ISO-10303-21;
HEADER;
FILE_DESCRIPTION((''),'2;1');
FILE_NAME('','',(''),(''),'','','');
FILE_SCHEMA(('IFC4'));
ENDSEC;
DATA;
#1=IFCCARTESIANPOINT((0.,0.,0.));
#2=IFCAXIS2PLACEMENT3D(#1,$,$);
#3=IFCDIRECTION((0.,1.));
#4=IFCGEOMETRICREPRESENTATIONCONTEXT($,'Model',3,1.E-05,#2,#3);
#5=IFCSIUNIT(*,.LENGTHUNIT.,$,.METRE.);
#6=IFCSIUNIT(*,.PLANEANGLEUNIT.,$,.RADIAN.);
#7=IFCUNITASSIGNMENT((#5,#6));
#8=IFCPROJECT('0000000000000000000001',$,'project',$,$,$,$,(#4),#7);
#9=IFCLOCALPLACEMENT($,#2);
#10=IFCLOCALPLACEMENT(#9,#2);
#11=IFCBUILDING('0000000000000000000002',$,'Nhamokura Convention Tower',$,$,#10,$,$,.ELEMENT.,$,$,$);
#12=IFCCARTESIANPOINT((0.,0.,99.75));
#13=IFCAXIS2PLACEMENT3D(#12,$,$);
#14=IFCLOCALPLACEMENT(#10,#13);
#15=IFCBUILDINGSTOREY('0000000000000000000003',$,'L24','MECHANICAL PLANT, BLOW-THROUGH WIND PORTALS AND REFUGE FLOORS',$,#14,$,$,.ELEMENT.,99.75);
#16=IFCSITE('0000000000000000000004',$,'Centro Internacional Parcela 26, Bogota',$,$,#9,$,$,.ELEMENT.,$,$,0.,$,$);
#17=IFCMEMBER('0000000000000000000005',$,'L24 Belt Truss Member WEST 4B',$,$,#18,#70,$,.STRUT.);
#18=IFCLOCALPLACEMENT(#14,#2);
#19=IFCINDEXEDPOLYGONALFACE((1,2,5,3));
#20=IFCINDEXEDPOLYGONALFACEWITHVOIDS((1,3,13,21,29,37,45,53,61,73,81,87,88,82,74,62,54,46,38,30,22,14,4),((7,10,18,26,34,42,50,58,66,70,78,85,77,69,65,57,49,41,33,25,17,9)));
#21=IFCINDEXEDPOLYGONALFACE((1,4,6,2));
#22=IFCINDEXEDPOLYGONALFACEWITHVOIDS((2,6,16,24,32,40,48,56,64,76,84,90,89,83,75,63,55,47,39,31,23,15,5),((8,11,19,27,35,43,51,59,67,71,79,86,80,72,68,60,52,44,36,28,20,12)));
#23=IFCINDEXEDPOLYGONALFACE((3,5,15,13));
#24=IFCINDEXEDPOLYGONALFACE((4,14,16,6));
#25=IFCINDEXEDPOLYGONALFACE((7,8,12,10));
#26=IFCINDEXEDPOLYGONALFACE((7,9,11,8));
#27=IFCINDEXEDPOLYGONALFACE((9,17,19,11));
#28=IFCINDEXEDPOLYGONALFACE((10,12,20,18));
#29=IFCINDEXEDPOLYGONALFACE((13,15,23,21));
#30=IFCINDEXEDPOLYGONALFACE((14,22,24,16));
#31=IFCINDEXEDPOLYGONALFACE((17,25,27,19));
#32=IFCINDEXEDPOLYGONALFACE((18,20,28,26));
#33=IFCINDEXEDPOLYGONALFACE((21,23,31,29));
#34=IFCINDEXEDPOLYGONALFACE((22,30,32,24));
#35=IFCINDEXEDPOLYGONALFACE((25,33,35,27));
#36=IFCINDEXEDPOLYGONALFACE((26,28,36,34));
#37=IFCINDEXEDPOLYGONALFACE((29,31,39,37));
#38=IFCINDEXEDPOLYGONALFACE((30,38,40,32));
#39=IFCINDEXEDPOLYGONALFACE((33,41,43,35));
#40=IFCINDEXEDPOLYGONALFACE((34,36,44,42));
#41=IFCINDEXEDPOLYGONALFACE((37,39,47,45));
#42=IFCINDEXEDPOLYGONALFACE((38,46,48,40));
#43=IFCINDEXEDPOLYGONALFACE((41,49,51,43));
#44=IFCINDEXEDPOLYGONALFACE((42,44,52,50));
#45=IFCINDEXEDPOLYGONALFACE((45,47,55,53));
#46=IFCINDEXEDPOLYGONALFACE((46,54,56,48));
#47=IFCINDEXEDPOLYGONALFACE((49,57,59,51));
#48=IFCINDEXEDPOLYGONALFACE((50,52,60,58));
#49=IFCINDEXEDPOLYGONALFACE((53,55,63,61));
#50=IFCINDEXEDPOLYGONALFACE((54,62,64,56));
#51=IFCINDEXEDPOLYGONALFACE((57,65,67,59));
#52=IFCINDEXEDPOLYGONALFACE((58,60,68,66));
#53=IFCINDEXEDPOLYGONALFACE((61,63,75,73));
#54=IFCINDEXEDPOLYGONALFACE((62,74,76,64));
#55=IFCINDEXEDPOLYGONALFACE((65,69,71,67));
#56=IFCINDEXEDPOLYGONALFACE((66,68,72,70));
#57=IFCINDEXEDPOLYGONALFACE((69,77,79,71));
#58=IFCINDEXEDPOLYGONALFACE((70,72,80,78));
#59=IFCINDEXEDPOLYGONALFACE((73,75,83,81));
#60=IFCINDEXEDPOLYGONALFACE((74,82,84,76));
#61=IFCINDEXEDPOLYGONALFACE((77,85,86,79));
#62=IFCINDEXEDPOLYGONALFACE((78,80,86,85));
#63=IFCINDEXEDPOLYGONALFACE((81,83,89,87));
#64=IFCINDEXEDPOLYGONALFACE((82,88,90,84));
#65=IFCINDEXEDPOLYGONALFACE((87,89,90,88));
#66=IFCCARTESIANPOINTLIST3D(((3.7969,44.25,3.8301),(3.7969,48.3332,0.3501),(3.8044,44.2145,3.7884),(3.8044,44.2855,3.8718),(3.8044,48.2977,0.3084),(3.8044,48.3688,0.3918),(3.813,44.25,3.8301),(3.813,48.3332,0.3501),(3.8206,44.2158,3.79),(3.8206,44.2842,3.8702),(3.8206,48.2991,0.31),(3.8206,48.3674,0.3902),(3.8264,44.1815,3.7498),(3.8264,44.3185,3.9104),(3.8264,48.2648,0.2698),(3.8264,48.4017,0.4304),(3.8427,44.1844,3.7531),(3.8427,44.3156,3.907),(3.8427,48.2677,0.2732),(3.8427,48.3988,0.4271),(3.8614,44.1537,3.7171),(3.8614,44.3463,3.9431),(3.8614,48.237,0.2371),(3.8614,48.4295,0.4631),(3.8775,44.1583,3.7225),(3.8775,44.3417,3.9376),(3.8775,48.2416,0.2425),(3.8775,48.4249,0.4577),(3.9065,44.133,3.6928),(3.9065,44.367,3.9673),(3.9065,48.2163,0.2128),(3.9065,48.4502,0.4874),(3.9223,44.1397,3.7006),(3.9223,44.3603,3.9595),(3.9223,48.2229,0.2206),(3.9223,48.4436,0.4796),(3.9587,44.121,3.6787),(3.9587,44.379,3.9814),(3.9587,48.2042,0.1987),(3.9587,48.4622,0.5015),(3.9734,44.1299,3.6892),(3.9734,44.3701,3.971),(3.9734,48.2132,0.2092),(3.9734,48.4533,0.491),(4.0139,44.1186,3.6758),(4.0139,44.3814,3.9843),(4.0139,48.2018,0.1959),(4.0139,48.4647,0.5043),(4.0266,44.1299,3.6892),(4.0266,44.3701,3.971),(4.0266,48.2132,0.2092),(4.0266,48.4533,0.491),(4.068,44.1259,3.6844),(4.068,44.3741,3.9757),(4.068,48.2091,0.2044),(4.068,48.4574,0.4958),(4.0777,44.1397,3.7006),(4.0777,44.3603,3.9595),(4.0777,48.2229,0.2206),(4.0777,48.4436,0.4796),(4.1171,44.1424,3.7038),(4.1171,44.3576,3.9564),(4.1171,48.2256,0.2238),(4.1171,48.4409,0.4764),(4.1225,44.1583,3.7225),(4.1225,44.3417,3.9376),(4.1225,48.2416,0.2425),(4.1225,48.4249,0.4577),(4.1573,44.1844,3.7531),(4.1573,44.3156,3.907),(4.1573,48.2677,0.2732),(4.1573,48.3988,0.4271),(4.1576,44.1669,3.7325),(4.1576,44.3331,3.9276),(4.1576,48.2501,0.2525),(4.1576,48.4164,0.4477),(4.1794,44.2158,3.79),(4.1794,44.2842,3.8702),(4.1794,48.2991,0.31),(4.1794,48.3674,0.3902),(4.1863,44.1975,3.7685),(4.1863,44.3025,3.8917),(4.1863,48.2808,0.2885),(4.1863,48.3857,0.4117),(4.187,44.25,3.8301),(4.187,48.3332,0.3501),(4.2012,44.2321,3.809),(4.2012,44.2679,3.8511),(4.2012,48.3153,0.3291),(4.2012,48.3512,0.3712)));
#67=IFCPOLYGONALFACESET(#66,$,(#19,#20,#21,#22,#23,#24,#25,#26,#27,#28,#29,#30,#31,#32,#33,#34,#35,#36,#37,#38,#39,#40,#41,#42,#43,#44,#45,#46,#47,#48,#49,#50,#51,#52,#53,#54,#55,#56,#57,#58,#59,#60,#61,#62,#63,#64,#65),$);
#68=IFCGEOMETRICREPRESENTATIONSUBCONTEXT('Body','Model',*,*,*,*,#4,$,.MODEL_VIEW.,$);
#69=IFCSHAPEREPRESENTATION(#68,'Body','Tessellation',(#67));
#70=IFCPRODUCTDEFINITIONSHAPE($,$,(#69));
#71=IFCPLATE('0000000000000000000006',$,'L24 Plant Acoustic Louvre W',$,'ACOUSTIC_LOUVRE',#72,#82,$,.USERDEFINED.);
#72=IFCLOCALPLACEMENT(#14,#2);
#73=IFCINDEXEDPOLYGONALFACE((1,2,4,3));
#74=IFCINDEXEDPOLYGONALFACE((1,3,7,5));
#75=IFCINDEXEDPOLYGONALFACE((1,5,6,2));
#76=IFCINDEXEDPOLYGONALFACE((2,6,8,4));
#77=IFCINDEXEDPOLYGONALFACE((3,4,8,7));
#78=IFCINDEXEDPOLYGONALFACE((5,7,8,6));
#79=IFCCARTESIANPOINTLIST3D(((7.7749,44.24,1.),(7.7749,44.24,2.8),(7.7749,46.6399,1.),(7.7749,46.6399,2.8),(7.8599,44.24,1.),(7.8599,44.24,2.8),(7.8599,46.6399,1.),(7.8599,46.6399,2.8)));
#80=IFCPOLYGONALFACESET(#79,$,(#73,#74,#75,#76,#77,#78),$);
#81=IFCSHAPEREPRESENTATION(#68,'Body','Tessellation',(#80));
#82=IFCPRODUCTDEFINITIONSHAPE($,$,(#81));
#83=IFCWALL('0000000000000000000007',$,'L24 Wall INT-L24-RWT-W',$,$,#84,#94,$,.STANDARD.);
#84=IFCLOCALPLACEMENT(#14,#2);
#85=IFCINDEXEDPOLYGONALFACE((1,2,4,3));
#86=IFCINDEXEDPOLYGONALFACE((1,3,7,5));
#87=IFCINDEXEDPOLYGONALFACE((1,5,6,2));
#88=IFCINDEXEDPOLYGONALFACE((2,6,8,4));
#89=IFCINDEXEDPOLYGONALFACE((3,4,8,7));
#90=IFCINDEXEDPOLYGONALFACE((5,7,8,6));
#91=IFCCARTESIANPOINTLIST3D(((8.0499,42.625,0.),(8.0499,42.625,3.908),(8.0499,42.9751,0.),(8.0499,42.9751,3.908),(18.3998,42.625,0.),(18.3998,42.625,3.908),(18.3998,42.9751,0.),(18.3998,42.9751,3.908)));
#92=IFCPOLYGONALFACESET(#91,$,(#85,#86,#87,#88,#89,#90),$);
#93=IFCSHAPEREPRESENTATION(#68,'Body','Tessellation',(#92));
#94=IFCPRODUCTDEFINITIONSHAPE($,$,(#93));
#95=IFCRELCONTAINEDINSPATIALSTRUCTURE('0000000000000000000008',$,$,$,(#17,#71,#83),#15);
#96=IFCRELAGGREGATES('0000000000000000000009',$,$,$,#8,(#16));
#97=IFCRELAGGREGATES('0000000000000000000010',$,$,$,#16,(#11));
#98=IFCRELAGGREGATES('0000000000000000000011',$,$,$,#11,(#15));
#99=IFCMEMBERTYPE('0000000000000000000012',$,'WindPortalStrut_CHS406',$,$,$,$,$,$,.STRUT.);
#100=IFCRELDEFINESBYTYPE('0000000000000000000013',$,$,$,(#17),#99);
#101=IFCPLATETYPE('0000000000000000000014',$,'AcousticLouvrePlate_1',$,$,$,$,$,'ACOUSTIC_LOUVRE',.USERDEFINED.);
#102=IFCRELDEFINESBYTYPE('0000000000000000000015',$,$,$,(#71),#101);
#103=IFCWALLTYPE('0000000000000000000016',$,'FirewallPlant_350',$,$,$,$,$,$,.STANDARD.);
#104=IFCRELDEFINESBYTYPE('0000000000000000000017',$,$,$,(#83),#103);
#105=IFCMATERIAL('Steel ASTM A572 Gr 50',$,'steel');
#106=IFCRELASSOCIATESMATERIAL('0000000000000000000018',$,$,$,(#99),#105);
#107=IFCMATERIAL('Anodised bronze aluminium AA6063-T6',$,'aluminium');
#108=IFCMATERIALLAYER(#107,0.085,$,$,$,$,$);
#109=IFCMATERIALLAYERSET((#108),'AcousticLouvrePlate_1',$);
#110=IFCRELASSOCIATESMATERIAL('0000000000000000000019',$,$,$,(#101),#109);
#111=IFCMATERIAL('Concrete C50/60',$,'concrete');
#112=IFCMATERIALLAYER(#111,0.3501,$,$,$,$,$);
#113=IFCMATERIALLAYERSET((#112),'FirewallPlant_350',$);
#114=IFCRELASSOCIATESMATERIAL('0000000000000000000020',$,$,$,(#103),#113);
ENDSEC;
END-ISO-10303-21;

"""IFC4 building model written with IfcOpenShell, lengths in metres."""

from ifc_helpers import new_model, si_unit, direction, frame, frame_2d, origin, origin_2d, place, context, subcontext, project, spatial, rectangle, hollow_circle, extrude, material, layer, layer_set, material_profile, profile_set, type_object, element, save


model = new_model("IFC4")

# Units and contexts
model_context = context("Model", 3, precision=1e-05, world=origin(), true_north=direction((0.0, 1.0)))
body_context = subcontext(model_context, "Body", "Model", "MODEL_VIEW")
ifc_project = project(units=[si_unit("LENGTHUNIT", "METRE"), si_unit("PLANEANGLEUNIT", "RADIAN")], contexts=[model_context])

# Site, building, storey
site_placement = place(None, origin())
site = spatial("IfcSite", under=ifc_project, at=site_placement, Name="Centro Internacional Parcela 26, Bogota", CompositionType="ELEMENT", RefElevation=0.0)
building_placement = place(site_placement, origin())
building = spatial("IfcBuilding", under=site, at=building_placement, Name="Nhamokura Convention Tower", CompositionType="ELEMENT")
storey_placement = place(building_placement, frame((0.0, 0.0, 99.75)))
storey = spatial("IfcBuildingStorey", under=building, at=storey_placement, Name="L24", Description="MECHANICAL PLANT, BLOW-THROUGH WIND PORTALS AND REFUGE FLOORS", CompositionType="ELEMENT", Elevation=99.75)

# Member
ifc_material_1 = material(Name="Steel ASTM A572 Gr 50", Category="steel")
ifc_material_profile_1 = material_profile(ifc_material_1, hollow_circle(Radius=0.2031, WallThickness=0.0161, at=origin_2d()))
ifc_profile_set_1 = profile_set([ifc_material_profile_1], Name="Steel ASTM A572 Gr 50")
member_type = type_object("IfcMemberType", Name="WindPortalStrut_CHS406", PredefinedType="STRUT", material=ifc_profile_set_1)
for number, where, z_axis, x_axis, name in (
    (1, (4.0, 44.25, 3.8301), (0.0, 0.761091, -0.648645), (-1.0, 0.0, 0.0), "L24 Belt Truss Member WEST 4B"),
):
    element("IfcMember", number, at=place(storey_placement, frame(where, z_axis=z_axis, x_axis=x_axis)), inside=storey, type_object=member_type, Name=name, PredefinedType="STRUT", context=body_context, shape_type="SweptSolid", body=[
        extrude(hollow_circle(Radius=0.2031, WallThickness=0.0161, at=origin_2d()), origin(), (0.0, 0.0, 1.0), 5.365),
    ])

# Plate
ifc_material_2 = material(Name="Anodised bronze aluminium AA6063-T6", Category="aluminium")
ifc_layer_1 = layer(ifc_material_2, 0.085)
ifc_layer_set_1 = layer_set([ifc_layer_1], Name="AcousticLouvrePlate_1")
plate_type = type_object("IfcPlateType", Name="AcousticLouvrePlate_1", ElementType="ACOUSTIC_LOUVRE", PredefinedType="USERDEFINED", material=ifc_layer_set_1)
plate_placement = place(storey_placement, frame((7.8174, 45.4399, 1.0), z_axis=(0.0, 0.0, 1.0), x_axis=(0.0, 1.0, 0.0)))
element("IfcPlate", 2, at=plate_placement, inside=storey, type_object=plate_type, Name="L24 Plant Acoustic Louvre W", ObjectType="ACOUSTIC_LOUVRE", PredefinedType="USERDEFINED", context=body_context, shape_type="SweptSolid", body=[
    extrude(rectangle(XDim=2.3999, YDim=0.085, at=origin_2d()), origin(), (0.0, 0.0, 1.0), 1.8),
])

# Shared definitions
ifc_material_3 = material(Name="Concrete C50/60", Category="concrete")
ifc_layer_2 = layer(ifc_material_3, 0.3501)
ifc_layer_set_2 = layer_set([ifc_layer_2], Name="FirewallPlant_350")
wall_type = type_object("IfcWallType", Name="FirewallPlant_350", PredefinedType="STANDARD", material=ifc_layer_set_2)

# Wall
wall_1_placement = place(storey_placement, frame((8.05, 42.8, 0.0), z_axis=(0.0, 0.0, 1.0), x_axis=(1.0, 0.0, 0.0)))
element("IfcWall", 3, at=wall_1_placement, inside=storey, type_object=wall_type, Name="L24 Wall INT-L24-RWT-W", PredefinedType="STANDARD", context=body_context, shape_type="SweptSolid", body=[
    extrude(rectangle(XDim=10.3499, YDim=0.3501, at=frame_2d((5.1748, 0.0))), origin(), (0.0, 0.0, 1.0), 3.908),
])

save(model, "model.ifc")
